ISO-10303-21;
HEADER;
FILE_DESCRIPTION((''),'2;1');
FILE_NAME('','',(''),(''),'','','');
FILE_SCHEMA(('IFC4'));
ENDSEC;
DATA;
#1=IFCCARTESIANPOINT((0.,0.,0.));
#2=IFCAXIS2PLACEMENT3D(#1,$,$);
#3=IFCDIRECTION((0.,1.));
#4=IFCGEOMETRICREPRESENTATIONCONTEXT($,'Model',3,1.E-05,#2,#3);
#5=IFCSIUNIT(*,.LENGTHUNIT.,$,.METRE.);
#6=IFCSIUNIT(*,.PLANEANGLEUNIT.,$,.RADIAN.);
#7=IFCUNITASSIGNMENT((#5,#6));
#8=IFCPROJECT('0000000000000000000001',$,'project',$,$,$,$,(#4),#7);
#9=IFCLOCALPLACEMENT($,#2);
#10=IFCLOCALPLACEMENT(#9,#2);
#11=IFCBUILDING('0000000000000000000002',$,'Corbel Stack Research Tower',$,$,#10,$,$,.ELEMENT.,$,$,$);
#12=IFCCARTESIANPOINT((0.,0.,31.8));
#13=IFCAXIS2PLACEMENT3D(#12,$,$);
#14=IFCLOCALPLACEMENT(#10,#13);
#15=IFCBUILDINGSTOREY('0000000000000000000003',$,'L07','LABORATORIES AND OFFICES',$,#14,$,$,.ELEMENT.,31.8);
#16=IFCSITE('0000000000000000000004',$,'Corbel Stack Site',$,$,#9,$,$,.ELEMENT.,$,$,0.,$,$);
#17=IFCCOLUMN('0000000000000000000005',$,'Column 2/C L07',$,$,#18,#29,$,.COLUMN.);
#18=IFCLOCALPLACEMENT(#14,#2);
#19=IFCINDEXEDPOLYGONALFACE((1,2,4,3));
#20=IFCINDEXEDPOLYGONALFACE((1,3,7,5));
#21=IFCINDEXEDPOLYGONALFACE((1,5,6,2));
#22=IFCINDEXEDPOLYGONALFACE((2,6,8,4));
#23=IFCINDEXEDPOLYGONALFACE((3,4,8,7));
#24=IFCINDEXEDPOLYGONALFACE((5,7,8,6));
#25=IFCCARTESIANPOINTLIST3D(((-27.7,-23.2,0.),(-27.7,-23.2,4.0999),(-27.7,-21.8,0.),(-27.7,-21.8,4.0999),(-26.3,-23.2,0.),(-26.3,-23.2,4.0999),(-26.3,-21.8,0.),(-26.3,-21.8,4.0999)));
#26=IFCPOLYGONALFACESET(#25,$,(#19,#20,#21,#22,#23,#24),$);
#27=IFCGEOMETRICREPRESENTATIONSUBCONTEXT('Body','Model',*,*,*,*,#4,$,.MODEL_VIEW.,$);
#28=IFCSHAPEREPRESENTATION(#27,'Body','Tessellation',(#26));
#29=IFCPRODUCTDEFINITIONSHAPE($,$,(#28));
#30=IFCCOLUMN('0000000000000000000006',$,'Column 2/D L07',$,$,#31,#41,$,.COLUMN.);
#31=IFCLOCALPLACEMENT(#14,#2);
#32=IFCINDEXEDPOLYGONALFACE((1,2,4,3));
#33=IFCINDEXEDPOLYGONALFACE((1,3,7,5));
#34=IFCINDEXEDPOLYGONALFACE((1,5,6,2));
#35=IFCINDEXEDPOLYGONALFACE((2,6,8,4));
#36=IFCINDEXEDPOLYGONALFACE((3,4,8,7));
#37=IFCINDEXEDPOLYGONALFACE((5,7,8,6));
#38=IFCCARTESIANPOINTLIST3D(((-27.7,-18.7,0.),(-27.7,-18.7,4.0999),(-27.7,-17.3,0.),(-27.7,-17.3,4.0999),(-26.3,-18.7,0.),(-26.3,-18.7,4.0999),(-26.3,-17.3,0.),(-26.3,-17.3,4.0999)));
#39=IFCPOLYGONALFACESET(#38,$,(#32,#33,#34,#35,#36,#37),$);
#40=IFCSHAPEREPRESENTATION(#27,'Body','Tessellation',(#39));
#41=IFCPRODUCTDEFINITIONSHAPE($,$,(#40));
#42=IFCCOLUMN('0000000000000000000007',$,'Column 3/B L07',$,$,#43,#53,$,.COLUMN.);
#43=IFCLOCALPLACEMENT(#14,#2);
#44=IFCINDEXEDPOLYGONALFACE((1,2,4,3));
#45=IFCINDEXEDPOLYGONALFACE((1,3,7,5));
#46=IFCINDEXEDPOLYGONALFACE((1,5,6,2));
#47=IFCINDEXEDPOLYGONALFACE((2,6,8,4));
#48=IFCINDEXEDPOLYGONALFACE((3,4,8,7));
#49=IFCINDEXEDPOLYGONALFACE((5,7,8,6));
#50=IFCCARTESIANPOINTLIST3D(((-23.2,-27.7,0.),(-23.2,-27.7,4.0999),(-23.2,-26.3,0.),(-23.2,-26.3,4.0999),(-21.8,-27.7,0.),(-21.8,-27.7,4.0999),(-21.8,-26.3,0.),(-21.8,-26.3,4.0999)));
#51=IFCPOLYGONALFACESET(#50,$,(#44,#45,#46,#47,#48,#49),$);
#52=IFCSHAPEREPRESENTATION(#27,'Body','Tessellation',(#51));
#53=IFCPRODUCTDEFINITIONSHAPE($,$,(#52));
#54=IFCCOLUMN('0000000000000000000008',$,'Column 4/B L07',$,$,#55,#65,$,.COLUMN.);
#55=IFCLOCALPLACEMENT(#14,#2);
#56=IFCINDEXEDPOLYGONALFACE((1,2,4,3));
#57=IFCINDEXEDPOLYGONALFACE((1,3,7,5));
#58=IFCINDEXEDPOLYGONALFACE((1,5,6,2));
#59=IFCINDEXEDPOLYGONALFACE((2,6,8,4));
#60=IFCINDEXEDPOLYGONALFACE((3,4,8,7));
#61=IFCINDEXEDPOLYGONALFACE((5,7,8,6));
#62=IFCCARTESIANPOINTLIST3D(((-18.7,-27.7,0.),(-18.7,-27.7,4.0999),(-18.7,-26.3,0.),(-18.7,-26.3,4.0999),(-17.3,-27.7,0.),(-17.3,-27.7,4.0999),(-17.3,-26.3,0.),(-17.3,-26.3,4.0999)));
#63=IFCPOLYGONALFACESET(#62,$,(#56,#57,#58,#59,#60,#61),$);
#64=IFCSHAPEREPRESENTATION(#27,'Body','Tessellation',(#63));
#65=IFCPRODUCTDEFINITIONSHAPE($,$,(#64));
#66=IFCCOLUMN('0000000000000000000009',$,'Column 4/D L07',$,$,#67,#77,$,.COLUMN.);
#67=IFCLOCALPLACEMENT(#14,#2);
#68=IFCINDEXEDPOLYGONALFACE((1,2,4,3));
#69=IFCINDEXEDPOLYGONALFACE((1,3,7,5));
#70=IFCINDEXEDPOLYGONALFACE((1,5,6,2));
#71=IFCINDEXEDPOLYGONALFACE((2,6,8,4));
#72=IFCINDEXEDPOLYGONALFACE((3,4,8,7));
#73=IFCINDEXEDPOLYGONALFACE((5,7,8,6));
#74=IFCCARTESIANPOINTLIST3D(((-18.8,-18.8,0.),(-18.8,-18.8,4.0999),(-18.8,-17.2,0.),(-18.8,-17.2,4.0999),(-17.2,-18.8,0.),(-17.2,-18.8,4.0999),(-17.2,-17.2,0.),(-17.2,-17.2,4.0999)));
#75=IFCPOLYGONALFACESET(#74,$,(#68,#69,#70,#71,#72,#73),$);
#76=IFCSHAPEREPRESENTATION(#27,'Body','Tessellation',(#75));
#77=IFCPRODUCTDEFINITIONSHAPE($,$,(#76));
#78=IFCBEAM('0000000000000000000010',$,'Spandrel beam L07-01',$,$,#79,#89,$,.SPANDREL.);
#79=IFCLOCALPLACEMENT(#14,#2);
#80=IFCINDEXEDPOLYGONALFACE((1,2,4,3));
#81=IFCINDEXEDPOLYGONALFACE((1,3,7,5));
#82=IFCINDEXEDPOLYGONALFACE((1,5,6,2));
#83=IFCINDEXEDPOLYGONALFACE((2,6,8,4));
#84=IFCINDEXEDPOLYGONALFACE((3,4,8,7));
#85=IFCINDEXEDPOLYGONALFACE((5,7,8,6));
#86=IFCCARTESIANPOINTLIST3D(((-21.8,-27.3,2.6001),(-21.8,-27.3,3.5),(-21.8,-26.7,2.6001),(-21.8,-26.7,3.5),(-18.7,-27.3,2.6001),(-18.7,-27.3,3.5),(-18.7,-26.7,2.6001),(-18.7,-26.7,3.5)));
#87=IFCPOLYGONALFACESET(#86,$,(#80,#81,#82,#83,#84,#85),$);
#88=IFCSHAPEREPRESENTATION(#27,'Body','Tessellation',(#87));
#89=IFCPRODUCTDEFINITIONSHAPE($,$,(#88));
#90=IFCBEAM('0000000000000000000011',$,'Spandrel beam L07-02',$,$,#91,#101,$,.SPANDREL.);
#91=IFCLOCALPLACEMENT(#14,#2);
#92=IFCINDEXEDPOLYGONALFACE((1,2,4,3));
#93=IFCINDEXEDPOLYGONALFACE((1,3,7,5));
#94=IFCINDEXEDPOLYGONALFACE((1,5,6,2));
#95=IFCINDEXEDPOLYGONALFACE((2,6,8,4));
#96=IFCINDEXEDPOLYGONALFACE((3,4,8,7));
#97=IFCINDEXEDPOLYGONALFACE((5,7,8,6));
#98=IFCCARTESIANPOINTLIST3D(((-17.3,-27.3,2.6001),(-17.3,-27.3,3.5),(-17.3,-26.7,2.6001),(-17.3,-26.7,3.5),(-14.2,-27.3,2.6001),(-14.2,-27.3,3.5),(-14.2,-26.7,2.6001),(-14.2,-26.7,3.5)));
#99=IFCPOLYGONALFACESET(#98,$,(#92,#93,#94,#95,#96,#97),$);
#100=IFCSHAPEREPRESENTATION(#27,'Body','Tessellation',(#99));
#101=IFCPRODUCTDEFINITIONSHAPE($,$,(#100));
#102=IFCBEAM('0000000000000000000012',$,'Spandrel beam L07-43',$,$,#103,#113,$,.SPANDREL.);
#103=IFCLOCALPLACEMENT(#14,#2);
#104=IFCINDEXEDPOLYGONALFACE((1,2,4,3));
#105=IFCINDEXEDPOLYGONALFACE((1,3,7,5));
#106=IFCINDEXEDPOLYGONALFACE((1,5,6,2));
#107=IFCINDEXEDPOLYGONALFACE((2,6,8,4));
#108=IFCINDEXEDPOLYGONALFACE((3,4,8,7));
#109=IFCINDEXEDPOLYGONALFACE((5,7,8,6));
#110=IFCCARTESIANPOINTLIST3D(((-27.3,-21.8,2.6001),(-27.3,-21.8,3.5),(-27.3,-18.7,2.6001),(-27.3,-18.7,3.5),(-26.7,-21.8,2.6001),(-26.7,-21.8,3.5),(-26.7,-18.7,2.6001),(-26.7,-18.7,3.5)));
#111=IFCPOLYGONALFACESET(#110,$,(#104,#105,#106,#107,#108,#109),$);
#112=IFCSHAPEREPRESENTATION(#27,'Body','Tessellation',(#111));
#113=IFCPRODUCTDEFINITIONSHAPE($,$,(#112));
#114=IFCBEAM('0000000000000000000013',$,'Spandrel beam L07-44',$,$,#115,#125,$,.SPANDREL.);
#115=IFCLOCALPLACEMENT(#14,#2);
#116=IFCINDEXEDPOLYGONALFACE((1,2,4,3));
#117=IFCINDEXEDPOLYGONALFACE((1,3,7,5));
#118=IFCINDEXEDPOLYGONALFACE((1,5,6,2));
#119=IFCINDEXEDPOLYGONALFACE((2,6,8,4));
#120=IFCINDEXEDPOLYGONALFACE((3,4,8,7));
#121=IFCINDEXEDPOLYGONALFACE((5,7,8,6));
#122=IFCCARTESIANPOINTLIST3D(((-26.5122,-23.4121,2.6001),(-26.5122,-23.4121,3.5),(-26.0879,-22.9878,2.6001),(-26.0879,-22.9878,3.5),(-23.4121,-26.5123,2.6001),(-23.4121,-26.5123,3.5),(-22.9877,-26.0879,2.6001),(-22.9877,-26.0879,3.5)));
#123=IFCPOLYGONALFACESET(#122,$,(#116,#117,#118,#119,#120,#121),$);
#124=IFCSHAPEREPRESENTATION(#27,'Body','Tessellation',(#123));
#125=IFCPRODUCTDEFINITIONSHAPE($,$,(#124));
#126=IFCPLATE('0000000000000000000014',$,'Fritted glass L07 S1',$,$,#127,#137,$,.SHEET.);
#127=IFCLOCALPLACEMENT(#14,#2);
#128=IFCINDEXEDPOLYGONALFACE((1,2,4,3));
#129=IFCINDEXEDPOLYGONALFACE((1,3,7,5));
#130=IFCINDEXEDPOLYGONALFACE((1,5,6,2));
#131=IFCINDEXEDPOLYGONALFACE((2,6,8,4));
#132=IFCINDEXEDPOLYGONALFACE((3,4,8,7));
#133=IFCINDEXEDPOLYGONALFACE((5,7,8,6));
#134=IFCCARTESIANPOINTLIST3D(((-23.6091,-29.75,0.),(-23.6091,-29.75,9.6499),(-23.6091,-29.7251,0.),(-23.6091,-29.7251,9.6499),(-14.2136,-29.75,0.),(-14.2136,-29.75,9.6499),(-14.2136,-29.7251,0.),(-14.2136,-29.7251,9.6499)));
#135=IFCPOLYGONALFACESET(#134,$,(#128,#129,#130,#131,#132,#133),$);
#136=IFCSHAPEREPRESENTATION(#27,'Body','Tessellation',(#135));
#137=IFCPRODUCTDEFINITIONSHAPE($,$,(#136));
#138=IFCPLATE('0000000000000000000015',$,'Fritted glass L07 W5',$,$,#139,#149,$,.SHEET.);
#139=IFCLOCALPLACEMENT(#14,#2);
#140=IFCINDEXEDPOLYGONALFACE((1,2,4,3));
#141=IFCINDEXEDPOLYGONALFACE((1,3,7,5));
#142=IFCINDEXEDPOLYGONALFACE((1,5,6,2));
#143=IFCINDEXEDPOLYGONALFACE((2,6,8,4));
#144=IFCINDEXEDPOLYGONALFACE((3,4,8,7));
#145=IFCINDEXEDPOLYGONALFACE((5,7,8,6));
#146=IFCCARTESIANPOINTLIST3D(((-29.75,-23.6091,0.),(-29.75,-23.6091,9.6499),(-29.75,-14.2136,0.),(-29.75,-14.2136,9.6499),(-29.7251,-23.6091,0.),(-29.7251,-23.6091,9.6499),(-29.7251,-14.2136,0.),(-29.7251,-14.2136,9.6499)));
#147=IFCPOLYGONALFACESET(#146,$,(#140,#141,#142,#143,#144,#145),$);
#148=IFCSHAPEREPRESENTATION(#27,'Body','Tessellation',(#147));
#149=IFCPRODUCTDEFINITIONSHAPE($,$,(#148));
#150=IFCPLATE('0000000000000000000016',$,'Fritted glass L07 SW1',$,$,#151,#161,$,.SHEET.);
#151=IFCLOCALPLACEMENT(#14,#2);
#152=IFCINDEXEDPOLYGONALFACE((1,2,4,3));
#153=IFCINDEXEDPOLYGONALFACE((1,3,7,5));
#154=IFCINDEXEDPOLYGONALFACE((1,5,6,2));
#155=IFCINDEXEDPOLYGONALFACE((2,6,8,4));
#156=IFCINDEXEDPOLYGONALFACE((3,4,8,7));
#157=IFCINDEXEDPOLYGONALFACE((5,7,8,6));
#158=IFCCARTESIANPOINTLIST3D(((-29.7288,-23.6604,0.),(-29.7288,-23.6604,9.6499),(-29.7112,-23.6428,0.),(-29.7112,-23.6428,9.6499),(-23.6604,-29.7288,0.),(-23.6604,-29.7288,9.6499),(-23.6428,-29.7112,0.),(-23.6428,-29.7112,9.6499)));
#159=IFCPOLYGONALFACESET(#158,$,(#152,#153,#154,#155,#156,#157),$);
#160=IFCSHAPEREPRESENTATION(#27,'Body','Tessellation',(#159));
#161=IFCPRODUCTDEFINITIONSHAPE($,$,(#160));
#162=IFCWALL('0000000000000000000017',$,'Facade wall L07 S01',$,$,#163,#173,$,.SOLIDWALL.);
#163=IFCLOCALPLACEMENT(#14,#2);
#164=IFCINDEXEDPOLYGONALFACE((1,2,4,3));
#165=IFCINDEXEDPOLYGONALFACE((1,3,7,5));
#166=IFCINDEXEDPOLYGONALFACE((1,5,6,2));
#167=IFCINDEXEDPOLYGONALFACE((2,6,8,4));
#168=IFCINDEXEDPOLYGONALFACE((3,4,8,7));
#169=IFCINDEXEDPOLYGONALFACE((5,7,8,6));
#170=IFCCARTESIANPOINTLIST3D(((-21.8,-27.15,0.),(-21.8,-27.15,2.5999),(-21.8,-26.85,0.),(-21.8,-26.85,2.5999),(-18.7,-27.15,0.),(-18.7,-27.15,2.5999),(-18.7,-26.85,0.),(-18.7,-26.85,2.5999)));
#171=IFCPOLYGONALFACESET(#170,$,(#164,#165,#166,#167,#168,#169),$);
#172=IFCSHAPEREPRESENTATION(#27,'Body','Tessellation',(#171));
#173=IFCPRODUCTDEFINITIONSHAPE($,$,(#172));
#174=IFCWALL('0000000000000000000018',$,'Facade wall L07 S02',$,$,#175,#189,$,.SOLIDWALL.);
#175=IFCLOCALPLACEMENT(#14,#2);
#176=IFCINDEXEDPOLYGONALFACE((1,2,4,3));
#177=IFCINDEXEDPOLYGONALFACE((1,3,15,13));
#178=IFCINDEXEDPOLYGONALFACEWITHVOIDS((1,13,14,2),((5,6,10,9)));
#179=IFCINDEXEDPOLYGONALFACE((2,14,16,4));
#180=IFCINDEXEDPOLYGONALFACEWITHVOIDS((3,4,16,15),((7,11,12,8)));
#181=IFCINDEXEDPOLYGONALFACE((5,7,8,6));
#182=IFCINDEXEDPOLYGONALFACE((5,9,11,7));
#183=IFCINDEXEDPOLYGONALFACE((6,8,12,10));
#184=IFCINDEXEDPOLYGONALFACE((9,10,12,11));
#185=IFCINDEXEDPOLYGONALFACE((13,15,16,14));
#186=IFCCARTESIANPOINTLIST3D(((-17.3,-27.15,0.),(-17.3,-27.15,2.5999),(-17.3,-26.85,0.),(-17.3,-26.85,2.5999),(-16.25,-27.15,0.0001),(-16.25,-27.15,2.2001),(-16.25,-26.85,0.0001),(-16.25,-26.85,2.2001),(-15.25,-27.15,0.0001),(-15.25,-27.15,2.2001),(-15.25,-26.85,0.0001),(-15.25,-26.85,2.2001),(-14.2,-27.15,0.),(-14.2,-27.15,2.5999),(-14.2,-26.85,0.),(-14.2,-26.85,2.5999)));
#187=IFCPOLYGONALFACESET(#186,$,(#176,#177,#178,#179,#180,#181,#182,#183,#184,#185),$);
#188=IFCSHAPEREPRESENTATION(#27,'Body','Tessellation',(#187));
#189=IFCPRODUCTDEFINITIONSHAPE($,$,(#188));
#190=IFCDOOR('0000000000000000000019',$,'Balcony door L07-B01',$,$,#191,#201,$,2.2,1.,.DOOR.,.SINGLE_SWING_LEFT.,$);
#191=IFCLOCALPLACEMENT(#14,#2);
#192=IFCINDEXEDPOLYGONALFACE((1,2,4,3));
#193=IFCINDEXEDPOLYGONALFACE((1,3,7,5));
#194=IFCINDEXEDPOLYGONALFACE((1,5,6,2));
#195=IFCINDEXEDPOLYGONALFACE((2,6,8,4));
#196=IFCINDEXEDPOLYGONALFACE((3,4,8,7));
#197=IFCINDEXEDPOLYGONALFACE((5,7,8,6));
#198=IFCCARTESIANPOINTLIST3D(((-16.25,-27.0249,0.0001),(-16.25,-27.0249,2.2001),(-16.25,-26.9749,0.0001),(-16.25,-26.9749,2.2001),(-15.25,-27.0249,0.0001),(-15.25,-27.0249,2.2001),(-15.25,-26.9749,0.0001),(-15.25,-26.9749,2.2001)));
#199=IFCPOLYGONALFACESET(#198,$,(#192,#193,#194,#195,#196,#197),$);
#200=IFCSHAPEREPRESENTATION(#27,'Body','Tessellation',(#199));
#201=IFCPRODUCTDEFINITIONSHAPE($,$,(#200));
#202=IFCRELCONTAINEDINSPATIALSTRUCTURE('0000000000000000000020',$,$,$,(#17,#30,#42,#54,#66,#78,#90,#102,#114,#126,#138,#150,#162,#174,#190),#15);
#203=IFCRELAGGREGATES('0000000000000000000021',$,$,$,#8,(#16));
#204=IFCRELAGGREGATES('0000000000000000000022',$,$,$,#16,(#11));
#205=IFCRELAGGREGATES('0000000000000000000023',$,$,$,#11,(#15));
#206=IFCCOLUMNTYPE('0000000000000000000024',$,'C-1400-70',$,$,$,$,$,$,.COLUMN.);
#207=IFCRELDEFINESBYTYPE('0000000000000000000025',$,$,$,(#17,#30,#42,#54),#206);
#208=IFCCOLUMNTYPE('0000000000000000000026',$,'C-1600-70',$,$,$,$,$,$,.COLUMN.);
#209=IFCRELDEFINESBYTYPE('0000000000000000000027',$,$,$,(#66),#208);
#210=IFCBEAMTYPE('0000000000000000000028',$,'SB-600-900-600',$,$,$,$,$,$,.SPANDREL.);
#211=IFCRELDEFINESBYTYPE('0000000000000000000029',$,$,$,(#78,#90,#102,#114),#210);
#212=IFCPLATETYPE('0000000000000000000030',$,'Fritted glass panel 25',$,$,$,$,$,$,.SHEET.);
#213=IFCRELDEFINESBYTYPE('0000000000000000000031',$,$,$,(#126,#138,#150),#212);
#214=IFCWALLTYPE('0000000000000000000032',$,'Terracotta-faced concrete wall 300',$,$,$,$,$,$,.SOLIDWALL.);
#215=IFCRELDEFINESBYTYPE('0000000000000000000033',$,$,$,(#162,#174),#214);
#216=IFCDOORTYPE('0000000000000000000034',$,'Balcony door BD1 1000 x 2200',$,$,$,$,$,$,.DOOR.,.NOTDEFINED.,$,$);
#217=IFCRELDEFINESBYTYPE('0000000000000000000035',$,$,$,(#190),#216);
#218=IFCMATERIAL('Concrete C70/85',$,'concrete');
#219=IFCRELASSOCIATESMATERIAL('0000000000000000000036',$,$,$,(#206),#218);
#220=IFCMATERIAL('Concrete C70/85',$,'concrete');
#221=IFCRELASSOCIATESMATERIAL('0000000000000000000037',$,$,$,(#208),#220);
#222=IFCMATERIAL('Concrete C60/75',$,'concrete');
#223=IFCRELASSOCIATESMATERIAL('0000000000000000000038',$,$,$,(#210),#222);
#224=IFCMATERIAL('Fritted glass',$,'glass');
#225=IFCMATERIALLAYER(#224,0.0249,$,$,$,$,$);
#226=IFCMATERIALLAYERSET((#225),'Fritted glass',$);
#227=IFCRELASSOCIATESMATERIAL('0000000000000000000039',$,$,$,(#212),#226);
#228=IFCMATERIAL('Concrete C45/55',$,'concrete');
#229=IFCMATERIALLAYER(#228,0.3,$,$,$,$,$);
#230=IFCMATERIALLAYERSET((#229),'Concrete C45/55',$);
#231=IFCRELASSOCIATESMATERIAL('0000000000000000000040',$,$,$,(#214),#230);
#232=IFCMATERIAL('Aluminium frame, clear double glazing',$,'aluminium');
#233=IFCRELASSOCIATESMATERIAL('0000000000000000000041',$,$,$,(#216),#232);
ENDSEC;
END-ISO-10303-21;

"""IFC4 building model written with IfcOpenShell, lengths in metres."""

from ifc_helpers import new_model, si_unit, direction, frame, frame_2d, origin, origin_2d, place, context, subcontext, project, spatial, rectangle, extrude, material, layer, layer_set, material_profile, profile_set, type_object, element, fill, save


model = new_model("IFC4")

# Units and contexts
model_context = context("Model", 3, precision=1e-05, world=origin(), true_north=direction((0.0, 1.0)))
body_context = subcontext(model_context, "Body", "Model", "MODEL_VIEW")
ifc_project = project(units=[si_unit("LENGTHUNIT", "METRE"), si_unit("PLANEANGLEUNIT", "RADIAN")], contexts=[model_context])

# Site, building, storey
site_placement = place(None, origin())
site = spatial("IfcSite", under=ifc_project, at=site_placement, Name="Corbel Stack Site", CompositionType="ELEMENT", RefElevation=0.0)
building_placement = place(site_placement, origin())
building = spatial("IfcBuilding", under=site, at=building_placement, Name="Corbel Stack Research Tower", CompositionType="ELEMENT")
storey_placement = place(building_placement, frame((0.0, 0.0, 31.8)))
storey = spatial("IfcBuildingStorey", under=building, at=storey_placement, Name="L07", Description="LABORATORIES AND OFFICES", CompositionType="ELEMENT", Elevation=31.8)

# Columns
ifc_material_1 = material(Name="Concrete C70/85", Category="concrete")
ifc_material_profile_1 = material_profile(ifc_material_1, rectangle(XDim=1.3999, YDim=1.3999, at=origin_2d()), Name="RC 1400 x 1400")
ifc_profile_set_1 = profile_set([ifc_material_profile_1], Name="Concrete C70/85")
column_type_1 = type_object("IfcColumnType", Name="C-1400-70", PredefinedType="COLUMN", material=ifc_profile_set_1)
for number, where, z_axis, x_axis, name in (
    (1, (-27.0, -22.5, 0.0), (0.0, 0.0, 1.0), (1.0, 0.0, 0.0), "Column 2/C L07"),
    (2, (-27.0, -18.0, 0.0), (0.0, 0.0, 1.0), (1.0, 0.0, 0.0), "Column 2/D L07"),
    (3, (-22.5, -27.0, 0.0), (0.0, 0.0, 1.0), (1.0, 0.0, 0.0), "Column 3/B L07"),
    (4, (-18.0, -27.0, 0.0), (0.0, 0.0, 1.0), (1.0, 0.0, 0.0), "Column 4/B L07"),
):
    element("IfcColumn", number, at=place(storey_placement, frame(where, z_axis=z_axis, x_axis=x_axis)), inside=storey, type_object=column_type_1, Name=name, PredefinedType="COLUMN", context=body_context, shape_type="SweptSolid", body=[
        extrude(rectangle(XDim=1.3999, YDim=1.3999, at=origin_2d()), origin(), (0.0, 0.0, 1.0), 4.0999),
    ])
ifc_material_2 = material(Name="Concrete C70/85", Category="concrete")
ifc_material_profile_2 = material_profile(ifc_material_2, rectangle(XDim=1.6001, YDim=1.6001, at=origin_2d()), Name="RC 1600 x 1600")
ifc_profile_set_2 = profile_set([ifc_material_profile_2], Name="Concrete C70/85")
column_type_2 = type_object("IfcColumnType", Name="C-1600-70", PredefinedType="COLUMN", material=ifc_profile_set_2)
column_placement = place(storey_placement, frame((-18.0, -18.0, 0.0), z_axis=(0.0, 0.0, 1.0), x_axis=(1.0, 0.0, 0.0)))
element("IfcColumn", 5, at=column_placement, inside=storey, type_object=column_type_2, Name="Column 4/D L07", PredefinedType="COLUMN", context=body_context, shape_type="SweptSolid", body=[
    extrude(rectangle(XDim=1.6001, YDim=1.6001, at=origin_2d()), origin(), (0.0, 0.0, 1.0), 4.0999),
])

# Beams
ifc_material_3 = material(Name="Concrete C60/75", Category="concrete")
ifc_material_profile_3 = material_profile(ifc_material_3, rectangle(XDim=0.6001, YDim=0.8999, at=origin_2d()), Name="RC 600 x 900")
ifc_profile_set_3 = profile_set([ifc_material_profile_3], Name="Concrete C60/75")
beam_type = type_object("IfcBeamType", Name="SB-600-900-600", PredefinedType="SPANDREL", material=ifc_profile_set_3)
for number, where, z_axis, x_axis, name in (
    (6, (-21.8, -27.0, 3.05), (1.0, 0.0, 0.0), (0.0, 1.0, 0.0), "Spandrel beam L07-01"),
    (7, (-17.3, -27.0, 3.05), (1.0, 0.0, 0.0), (0.0, 1.0, 0.0), "Spandrel beam L07-02"),
    (8, (-27.0, -18.7, 3.05), (0.0, -1.0, 0.0), (1.0, 0.0, 0.0), "Spandrel beam L07-43"),
):
    element("IfcBeam", number, at=place(storey_placement, frame(where, z_axis=z_axis, x_axis=x_axis)), inside=storey, type_object=beam_type, Name=name, PredefinedType="SPANDREL", context=body_context, shape_type="SweptSolid", body=[
        extrude(rectangle(XDim=0.6001, YDim=0.8999, at=origin_2d()), origin(), (0.0, 0.0, 1.0), 3.1001),
    ])
beam_placement = place(storey_placement, frame((-26.3, -23.2, 3.05), z_axis=(0.707107, -0.707107, 0.0), x_axis=(0.707107, 0.707107, 0.0)))
element("IfcBeam", 9, at=beam_placement, inside=storey, type_object=beam_type, Name="Spandrel beam L07-44", PredefinedType="SPANDREL", context=body_context, shape_type="SweptSolid", body=[
    extrude(rectangle(XDim=0.6001, YDim=0.8999, at=origin_2d()), origin(), (0.0, 0.0, 1.0), 4.3843),
])

# Plates
ifc_material_4 = material(Name="Fritted glass", Category="glass")
ifc_layer_1 = layer(ifc_material_4, 0.0249)
ifc_layer_set_1 = layer_set([ifc_layer_1], Name="Fritted glass")
plate_type = type_object("IfcPlateType", Name="Fritted glass panel 25", PredefinedType="SHEET", material=ifc_layer_set_1)
for number, where, z_axis, x_axis, name in (
    (10, (-18.9114, -29.7375, 0.0), (0.0, 0.0, 1.0), (1.0, 0.0, 0.0), "Fritted glass L07 S1"),
    (11, (-29.7375, -18.9114, 0.0), (0.0, 0.0, 1.0), (0.0, -1.0, 0.0), "Fritted glass L07 W5"),
):
    element("IfcPlate", number, at=place(storey_placement, frame(where, z_axis=z_axis, x_axis=x_axis)), inside=storey, type_object=plate_type, Name=name, PredefinedType="SHEET", context=body_context, shape_type="SweptSolid", body=[
        extrude(rectangle(XDim=9.3955, YDim=0.0249, at=origin_2d()), origin(), (0.0, 0.0, 1.0), 9.6499),
    ])
plate_placement = place(storey_placement, frame((-26.6858, -26.6858, 0.0), z_axis=(0.0, 0.0, 1.0), x_axis=(0.707107, -0.707107, 0.0)))
element("IfcPlate", 12, at=plate_placement, inside=storey, type_object=plate_type, Name="Fritted glass L07 SW1", PredefinedType="SHEET", context=body_context, shape_type="SweptSolid", body=[
    extrude(rectangle(XDim=8.582, YDim=0.0249, at=origin_2d()), origin(), (0.0, 0.0, 1.0), 9.6499),
])

# Wall
ifc_material_5 = material(Name="Concrete C45/55", Category="concrete")
ifc_layer_2 = layer(ifc_material_5, 0.3)
ifc_layer_set_2 = layer_set([ifc_layer_2], Name="Concrete C45/55")
wall_type = type_object("IfcWallType", Name="Terracotta-faced concrete wall 300", PredefinedType="SOLIDWALL", material=ifc_layer_set_2)
wall_1_placement = place(storey_placement, frame((-18.7, -27.0, 0.0), z_axis=(0.0, 0.0, 1.0), x_axis=(-1.0, 0.0, 0.0)))
element("IfcWall", 13, at=wall_1_placement, inside=storey, type_object=wall_type, Name="Facade wall L07 S01", PredefinedType="SOLIDWALL", context=body_context, shape_type="SweptSolid", body=[
    extrude(rectangle(XDim=3.1001, YDim=0.3, at=frame_2d((1.55, 0.0))), origin(), (0.0, 0.0, 1.0), 2.5999),
])

# Wall, opening, door
wall_2_placement = place(storey_placement, frame((-14.2, -27.0, 0.0), z_axis=(0.0, 0.0, 1.0), x_axis=(-1.0, 0.0, 0.0)))
wall_2 = element("IfcWall", 14, at=wall_2_placement, inside=storey, type_object=wall_type, Name="Facade wall L07 S02", PredefinedType="SOLIDWALL", context=body_context, shape_type="SweptSolid", body=[
    extrude(rectangle(XDim=3.1001, YDim=0.3, at=frame_2d((1.55, 0.0))), origin(), (0.0, 0.0, 1.0), 2.5999),
])
opening_1_placement = place(wall_2_placement, frame((1.05, 0.0, 0.0)))
opening_1 = element("IfcOpeningElement", 15, at=opening_1_placement, cuts=wall_2, PredefinedType="OPENING", context=body_context, shape_type="SweptSolid", body=[
    extrude(rectangle(XDim=1.0, YDim=2.2, at=frame_2d((0.5, 1.1001))), frame((0.0, 0.1599, 0.0), z_axis=(0.0, -1.0, 0.0), x_axis=(1.0, 0.0, 0.0)), (0.0, 0.0, 1.0), 0.3201),
])
ifc_material_6 = material(Name="Aluminium frame, clear double glazing", Category="aluminium")
door_type_1 = type_object("IfcDoorType", Name="Balcony door BD1 1000 x 2200", OperationType="NOTDEFINED", PredefinedType="DOOR", material=ifc_material_6)
door_1_placement = place(opening_1_placement, origin())
door_1 = element("IfcDoor", 16, at=door_1_placement, inside=storey, type_object=door_type_1, Name="Balcony door L07-B01", OperationType="SINGLE_SWING_LEFT", OverallHeight=2.2, OverallWidth=1.0, PredefinedType="DOOR", context=body_context, shape_type="SweptSolid", body=[
    extrude(rectangle(XDim=1.0, YDim=2.2, at=frame_2d((0.5, 1.1001))), frame((0.0, 0.0249, 0.0), z_axis=(0.0, -1.0, 0.0), x_axis=(1.0, 0.0, 0.0)), (0.0, 0.0, 1.0), 0.05),
])
fill(opening_1, door_1)

save(model, "model.ifc")
